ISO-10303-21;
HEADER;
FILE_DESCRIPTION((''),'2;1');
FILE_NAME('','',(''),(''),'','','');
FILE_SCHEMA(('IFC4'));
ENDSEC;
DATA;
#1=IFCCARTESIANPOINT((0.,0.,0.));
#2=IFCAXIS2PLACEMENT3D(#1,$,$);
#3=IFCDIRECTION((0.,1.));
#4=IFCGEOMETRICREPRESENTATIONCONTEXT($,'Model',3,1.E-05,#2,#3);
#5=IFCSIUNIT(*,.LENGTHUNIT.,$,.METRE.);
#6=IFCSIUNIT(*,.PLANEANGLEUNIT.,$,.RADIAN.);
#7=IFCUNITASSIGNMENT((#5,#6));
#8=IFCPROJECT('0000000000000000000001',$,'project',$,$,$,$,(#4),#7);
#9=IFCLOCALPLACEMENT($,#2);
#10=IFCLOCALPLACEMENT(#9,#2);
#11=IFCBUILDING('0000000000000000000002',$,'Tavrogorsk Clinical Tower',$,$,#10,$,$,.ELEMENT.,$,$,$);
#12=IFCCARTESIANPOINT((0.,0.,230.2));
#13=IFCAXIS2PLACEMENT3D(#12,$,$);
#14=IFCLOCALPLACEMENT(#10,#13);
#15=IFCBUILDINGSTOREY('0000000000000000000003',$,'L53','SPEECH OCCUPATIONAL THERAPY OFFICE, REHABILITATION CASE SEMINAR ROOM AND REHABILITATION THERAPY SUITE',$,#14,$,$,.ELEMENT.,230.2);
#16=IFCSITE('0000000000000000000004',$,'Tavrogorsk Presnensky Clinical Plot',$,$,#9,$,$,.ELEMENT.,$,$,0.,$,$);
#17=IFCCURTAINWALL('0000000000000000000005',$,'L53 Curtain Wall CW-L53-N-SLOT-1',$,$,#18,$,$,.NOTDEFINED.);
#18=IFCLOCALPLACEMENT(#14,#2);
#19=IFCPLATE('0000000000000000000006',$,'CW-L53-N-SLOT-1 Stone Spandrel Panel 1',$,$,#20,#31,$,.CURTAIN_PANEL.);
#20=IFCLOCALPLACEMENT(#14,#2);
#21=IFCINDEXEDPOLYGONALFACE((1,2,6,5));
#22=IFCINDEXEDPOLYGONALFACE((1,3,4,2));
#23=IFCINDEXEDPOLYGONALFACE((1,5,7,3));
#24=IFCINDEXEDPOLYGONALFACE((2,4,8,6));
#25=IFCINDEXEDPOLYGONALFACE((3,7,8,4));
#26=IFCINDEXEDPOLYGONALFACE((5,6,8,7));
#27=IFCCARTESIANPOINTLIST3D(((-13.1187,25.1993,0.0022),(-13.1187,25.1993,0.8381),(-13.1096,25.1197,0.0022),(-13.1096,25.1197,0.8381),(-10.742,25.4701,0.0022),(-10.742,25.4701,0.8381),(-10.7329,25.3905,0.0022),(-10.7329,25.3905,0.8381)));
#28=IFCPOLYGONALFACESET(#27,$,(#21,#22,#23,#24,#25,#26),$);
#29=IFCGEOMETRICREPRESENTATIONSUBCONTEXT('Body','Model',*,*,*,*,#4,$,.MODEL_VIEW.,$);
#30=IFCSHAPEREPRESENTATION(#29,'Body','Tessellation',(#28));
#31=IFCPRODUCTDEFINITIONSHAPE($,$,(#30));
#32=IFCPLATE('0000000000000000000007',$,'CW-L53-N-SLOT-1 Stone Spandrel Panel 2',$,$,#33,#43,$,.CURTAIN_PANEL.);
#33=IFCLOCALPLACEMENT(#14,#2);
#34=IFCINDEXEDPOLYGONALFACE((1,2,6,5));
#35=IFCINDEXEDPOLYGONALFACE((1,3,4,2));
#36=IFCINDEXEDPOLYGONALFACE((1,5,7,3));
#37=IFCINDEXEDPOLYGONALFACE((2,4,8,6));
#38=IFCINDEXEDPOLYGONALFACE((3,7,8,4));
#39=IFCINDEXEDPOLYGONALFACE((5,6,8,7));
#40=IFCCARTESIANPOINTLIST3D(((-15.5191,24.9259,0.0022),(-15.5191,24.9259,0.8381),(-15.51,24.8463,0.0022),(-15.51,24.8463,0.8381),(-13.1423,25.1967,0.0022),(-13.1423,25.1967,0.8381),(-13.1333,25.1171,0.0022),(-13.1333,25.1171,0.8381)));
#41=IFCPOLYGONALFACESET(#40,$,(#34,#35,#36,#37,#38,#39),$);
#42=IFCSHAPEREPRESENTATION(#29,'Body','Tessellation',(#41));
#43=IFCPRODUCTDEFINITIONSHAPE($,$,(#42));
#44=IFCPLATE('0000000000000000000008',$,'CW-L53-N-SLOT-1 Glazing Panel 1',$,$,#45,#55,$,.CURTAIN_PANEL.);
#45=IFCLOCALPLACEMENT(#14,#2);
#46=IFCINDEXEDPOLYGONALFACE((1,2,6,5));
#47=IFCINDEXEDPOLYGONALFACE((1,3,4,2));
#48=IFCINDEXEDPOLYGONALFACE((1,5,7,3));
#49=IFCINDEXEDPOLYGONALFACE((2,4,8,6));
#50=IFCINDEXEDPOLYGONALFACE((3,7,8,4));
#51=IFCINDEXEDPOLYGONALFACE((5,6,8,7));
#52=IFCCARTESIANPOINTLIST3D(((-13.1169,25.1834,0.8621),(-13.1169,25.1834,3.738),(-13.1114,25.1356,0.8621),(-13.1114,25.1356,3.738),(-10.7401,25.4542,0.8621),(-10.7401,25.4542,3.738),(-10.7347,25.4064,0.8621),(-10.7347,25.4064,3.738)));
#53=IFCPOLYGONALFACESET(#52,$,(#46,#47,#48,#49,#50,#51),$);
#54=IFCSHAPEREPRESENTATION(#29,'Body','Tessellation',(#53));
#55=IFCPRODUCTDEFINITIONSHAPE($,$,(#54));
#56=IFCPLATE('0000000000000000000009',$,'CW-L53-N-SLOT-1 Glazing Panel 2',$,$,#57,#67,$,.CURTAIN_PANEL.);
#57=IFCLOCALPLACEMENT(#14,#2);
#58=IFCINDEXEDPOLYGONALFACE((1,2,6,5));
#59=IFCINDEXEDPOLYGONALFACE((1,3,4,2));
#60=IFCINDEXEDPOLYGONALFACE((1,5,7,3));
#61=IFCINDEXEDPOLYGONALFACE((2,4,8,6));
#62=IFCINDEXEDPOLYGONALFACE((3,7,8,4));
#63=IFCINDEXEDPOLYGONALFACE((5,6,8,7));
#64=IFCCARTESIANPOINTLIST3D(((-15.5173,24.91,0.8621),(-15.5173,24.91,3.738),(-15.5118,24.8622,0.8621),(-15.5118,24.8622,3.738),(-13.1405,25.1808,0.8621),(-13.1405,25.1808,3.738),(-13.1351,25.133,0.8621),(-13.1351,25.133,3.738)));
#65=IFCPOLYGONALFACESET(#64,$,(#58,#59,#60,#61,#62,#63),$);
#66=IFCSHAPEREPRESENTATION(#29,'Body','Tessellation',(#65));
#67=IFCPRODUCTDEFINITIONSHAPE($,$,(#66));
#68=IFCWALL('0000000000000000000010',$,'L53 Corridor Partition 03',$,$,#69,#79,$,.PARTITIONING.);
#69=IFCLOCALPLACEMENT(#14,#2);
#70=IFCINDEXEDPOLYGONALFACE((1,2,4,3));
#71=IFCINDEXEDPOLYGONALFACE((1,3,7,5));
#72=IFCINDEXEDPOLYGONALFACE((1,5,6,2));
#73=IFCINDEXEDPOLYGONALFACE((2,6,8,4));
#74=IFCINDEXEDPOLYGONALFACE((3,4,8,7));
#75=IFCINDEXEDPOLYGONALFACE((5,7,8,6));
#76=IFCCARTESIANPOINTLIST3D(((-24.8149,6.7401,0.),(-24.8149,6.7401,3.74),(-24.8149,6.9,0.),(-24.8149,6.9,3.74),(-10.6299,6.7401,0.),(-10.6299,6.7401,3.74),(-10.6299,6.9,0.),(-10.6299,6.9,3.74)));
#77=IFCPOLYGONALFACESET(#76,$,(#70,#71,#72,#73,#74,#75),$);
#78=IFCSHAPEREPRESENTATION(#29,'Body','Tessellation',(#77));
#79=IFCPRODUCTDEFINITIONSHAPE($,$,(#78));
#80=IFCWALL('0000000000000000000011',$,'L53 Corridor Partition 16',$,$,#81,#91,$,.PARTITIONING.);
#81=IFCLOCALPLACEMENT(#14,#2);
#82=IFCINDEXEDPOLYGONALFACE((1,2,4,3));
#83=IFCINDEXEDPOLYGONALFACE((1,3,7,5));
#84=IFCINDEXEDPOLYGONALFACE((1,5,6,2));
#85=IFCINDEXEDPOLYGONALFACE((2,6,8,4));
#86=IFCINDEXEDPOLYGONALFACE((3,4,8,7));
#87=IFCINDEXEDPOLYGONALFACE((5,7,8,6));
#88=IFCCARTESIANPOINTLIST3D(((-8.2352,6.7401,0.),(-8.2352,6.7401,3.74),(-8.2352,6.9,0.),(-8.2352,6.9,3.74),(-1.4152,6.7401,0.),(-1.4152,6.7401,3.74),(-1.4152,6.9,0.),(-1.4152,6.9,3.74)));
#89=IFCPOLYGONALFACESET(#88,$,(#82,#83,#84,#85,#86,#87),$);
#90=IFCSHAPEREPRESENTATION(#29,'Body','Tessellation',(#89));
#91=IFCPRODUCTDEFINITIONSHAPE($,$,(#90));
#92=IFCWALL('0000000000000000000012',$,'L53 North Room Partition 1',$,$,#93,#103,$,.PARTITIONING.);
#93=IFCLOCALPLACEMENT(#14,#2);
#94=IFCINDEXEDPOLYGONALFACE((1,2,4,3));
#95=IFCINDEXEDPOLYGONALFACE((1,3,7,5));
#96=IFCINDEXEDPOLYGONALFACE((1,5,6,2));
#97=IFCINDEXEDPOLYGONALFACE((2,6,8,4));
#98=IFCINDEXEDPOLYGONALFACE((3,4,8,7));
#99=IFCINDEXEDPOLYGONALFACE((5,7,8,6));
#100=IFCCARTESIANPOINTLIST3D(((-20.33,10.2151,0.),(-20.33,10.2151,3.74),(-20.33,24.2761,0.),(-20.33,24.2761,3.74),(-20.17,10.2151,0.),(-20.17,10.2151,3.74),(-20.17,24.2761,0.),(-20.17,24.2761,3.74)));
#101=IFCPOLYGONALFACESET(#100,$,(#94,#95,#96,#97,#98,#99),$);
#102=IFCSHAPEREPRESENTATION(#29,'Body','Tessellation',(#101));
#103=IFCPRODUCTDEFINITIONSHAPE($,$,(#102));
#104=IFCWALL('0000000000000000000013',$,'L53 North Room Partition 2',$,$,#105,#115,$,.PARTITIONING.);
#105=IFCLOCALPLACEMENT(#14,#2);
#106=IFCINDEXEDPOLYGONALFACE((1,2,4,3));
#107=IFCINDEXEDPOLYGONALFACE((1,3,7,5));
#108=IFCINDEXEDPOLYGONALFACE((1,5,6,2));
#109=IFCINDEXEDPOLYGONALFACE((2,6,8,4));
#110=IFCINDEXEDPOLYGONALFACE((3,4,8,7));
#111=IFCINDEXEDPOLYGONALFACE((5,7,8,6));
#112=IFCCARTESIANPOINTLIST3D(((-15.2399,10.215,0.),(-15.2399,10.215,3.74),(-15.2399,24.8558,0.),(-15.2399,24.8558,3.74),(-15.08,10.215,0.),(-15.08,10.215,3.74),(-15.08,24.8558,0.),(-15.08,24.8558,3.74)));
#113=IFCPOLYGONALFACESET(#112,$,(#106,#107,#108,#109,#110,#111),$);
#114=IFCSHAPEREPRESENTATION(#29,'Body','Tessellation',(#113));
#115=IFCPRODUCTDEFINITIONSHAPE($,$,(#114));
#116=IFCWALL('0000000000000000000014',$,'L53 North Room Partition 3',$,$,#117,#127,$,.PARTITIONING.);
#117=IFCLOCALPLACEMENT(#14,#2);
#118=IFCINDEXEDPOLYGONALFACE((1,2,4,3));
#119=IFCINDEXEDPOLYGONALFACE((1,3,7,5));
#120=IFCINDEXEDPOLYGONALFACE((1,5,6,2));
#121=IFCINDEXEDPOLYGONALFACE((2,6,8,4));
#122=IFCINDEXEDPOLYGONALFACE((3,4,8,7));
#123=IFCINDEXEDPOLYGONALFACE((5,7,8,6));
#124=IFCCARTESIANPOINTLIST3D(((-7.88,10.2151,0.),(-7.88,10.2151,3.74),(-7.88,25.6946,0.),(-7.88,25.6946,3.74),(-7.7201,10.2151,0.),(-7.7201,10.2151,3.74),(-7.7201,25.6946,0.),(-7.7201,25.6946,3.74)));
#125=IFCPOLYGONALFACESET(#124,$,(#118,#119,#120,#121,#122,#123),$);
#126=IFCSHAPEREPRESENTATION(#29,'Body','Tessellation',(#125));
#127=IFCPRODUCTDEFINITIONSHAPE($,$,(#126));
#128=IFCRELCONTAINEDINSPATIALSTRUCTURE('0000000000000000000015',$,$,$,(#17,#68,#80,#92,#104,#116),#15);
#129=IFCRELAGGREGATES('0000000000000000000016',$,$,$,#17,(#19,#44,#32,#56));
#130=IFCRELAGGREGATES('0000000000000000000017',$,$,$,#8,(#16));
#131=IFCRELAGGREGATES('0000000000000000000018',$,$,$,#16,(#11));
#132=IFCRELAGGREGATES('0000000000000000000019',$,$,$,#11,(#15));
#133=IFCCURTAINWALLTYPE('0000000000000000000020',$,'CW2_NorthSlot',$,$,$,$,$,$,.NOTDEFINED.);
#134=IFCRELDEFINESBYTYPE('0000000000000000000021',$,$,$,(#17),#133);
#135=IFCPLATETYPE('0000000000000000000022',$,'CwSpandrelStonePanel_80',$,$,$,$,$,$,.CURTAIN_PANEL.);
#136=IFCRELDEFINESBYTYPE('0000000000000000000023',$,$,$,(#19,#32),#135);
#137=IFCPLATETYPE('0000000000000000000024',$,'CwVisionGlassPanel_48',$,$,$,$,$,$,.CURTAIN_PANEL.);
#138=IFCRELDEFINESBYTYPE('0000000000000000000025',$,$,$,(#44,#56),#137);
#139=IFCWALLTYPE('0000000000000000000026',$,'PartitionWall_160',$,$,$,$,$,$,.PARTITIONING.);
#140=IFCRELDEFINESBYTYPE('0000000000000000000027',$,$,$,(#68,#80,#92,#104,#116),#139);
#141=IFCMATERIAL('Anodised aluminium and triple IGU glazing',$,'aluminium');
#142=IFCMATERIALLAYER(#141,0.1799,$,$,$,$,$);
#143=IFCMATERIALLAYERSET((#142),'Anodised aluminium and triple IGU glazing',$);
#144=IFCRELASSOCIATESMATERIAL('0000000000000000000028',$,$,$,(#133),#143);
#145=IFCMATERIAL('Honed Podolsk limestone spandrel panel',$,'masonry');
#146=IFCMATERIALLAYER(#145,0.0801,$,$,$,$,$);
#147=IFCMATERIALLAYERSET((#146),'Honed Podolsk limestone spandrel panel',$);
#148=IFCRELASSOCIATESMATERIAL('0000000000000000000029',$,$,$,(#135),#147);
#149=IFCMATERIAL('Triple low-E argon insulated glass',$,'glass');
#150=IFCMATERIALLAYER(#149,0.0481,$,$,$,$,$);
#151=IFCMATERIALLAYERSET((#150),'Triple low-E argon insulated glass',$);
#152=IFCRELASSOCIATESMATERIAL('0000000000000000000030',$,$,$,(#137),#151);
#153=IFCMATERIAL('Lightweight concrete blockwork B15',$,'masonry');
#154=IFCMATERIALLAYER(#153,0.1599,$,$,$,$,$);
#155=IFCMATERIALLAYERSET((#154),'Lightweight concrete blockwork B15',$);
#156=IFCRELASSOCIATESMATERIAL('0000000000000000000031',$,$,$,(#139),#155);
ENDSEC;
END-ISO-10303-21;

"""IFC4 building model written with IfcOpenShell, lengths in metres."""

from ifc_helpers import new_model, si_unit, direction, frame, frame_2d, origin, origin_2d, place, context, subcontext, project, spatial, rectangle, extrude, material, layer, layer_set, type_object, element, aggregate, save


model = new_model("IFC4")

# Units and contexts
model_context = context("Model", 3, precision=1e-05, world=origin(), true_north=direction((0.0, 1.0)))
body_context = subcontext(model_context, "Body", "Model", "MODEL_VIEW")
ifc_project = project(units=[si_unit("LENGTHUNIT", "METRE"), si_unit("PLANEANGLEUNIT", "RADIAN")], contexts=[model_context])

# Site, building, storey
site_placement = place(None, origin())
site = spatial("IfcSite", under=ifc_project, at=site_placement, Name="Tavrogorsk Presnensky Clinical Plot", CompositionType="ELEMENT", RefElevation=0.0)
building_placement = place(site_placement, origin())
building = spatial("IfcBuilding", under=site, at=building_placement, Name="Tavrogorsk Clinical Tower", CompositionType="ELEMENT")
storey_placement = place(building_placement, frame((0.0, 0.0, 230.2)))
storey = spatial("IfcBuildingStorey", under=building, at=storey_placement, Name="L53", Description="SPEECH OCCUPATIONAL THERAPY OFFICE, REHABILITATION CASE SEMINAR ROOM AND REHABILITATION THERAPY SUITE", CompositionType="ELEMENT", Elevation=230.2)

# Curtain wall
ifc_material_1 = material(Name="Anodised aluminium and triple IGU glazing", Category="aluminium")
ifc_layer_1 = layer(ifc_material_1, 0.1799)
ifc_layer_set_1 = layer_set([ifc_layer_1], Name="Anodised aluminium and triple IGU glazing")
curtain_wall_type = type_object("IfcCurtainWallType", Name="CW2_NorthSlot", PredefinedType="NOTDEFINED", material=ifc_layer_set_1)
curtain_wall_placement = place(storey_placement, origin())
curtain_wall = element("IfcCurtainWall", 1, at=curtain_wall_placement, inside=storey, type_object=curtain_wall_type, Name="L53 Curtain Wall CW-L53-N-SLOT-1", PredefinedType="NOTDEFINED")

# Plates
ifc_material_2 = material(Name="Honed Podolsk limestone spandrel panel", Category="masonry")
ifc_layer_2 = layer(ifc_material_2, 0.0801)
ifc_layer_set_2 = layer_set([ifc_layer_2], Name="Honed Podolsk limestone spandrel panel")
plate_type_1 = type_object("IfcPlateType", Name="CwSpandrelStonePanel_80", PredefinedType="CURTAIN_PANEL", material=ifc_layer_set_2)
plate_1_placement = place(storey_placement, frame((-11.9258, 25.2949, 0.0022), z_axis=(0.0, 0.0, 1.0), x_axis=(-0.993572, -0.113203, 0.0)))
plate_1 = element("IfcPlate", 2, at=plate_1_placement, type_object=plate_type_1, Name="CW-L53-N-SLOT-1 Stone Spandrel Panel 1", PredefinedType="CURTAIN_PANEL", context=body_context, shape_type="SweptSolid", body=[
    extrude(rectangle(XDim=2.3921, YDim=0.0801, at=origin_2d()), origin(), (0.0, 0.0, 1.0), 0.8359),
])
plate_2_placement = place(storey_placement, frame((-14.3262, 25.0215, 0.0022), z_axis=(0.0, 0.0, 1.0), x_axis=(-0.993572, -0.113203, 0.0)))
plate_2 = element("IfcPlate", 3, at=plate_2_placement, type_object=plate_type_1, Name="CW-L53-N-SLOT-1 Stone Spandrel Panel 2", PredefinedType="CURTAIN_PANEL", context=body_context, shape_type="SweptSolid", body=[
    extrude(rectangle(XDim=2.3921, YDim=0.0801, at=origin_2d()), origin(), (0.0, 0.0, 1.0), 0.8359),
])
ifc_material_3 = material(Name="Triple low-E argon insulated glass", Category="glass")
ifc_layer_3 = layer(ifc_material_3, 0.0481)
ifc_layer_set_3 = layer_set([ifc_layer_3], Name="Triple low-E argon insulated glass")
plate_type_2 = type_object("IfcPlateType", Name="CwVisionGlassPanel_48", PredefinedType="CURTAIN_PANEL", material=ifc_layer_set_3)
plate_3_placement = place(storey_placement, frame((-11.9258, 25.2949, 0.8621), z_axis=(0.0, 0.0, 1.0), x_axis=(-0.993572, -0.113203, 0.0)))
plate_3 = element("IfcPlate", 4, at=plate_3_placement, type_object=plate_type_2, Name="CW-L53-N-SLOT-1 Glazing Panel 1", PredefinedType="CURTAIN_PANEL", context=body_context, shape_type="SweptSolid", body=[
    extrude(rectangle(XDim=2.3921, YDim=0.0481, at=origin_2d()), origin(), (0.0, 0.0, 1.0), 2.876),
])
plate_4_placement = place(storey_placement, frame((-14.3262, 25.0215, 0.8621), z_axis=(0.0, 0.0, 1.0), x_axis=(-0.993572, -0.113203, 0.0)))
plate_4 = element("IfcPlate", 5, at=plate_4_placement, type_object=plate_type_2, Name="CW-L53-N-SLOT-1 Glazing Panel 2", PredefinedType="CURTAIN_PANEL", context=body_context, shape_type="SweptSolid", body=[
    extrude(rectangle(XDim=2.3921, YDim=0.0481, at=origin_2d()), origin(), (0.0, 0.0, 1.0), 2.876),
])
aggregate(curtain_wall, [plate_1, plate_3, plate_2, plate_4])

# Walls
ifc_material_4 = material(Name="Lightweight concrete blockwork B15", Category="masonry")
ifc_layer_4 = layer(ifc_material_4, 0.1599)
ifc_layer_set_4 = layer_set([ifc_layer_4], Name="Lightweight concrete blockwork B15")
wall_type_1 = type_object("IfcWallType", Name="PartitionWall_160", PredefinedType="PARTITIONING", material=ifc_layer_set_4)
wall_1_placement = place(storey_placement, frame((-10.6299, 6.8201, 0.0), z_axis=(0.0, 0.0, 1.0), x_axis=(-1.0, 0.0, 0.0)))
element("IfcWall", 6, at=wall_1_placement, inside=storey, type_object=wall_type_1, Name="L53 Corridor Partition 03", PredefinedType="PARTITIONING", context=body_context, shape_type="SweptSolid", body=[
    extrude(rectangle(XDim=14.1851, YDim=0.1599, at=frame_2d((7.0925, 0.0))), origin(), (0.0, 0.0, 1.0), 3.74),
])
wall_2_placement = place(storey_placement, frame((-1.415, 6.8201, 0.0), z_axis=(0.0, 0.0, 1.0), x_axis=(-1.0, 0.0, 0.0)))
element("IfcWall", 7, at=wall_2_placement, inside=storey, type_object=wall_type_1, Name="L53 Corridor Partition 16", PredefinedType="PARTITIONING", context=body_context, shape_type="SweptSolid", body=[
    extrude(rectangle(XDim=6.8201, YDim=0.1599, at=frame_2d((3.4102, 0.0))), origin(), (0.0, 0.0, 1.0), 3.74),
])
wall_3_placement = place(storey_placement, frame((-20.25, 10.2151, 0.0), z_axis=(0.0, 0.0, 1.0), x_axis=(0.0, 1.0, 0.0)))
element("IfcWall", 8, at=wall_3_placement, inside=storey, type_object=wall_type_1, Name="L53 North Room Partition 1", PredefinedType="PARTITIONING", context=body_context, shape_type="SweptSolid", body=[
    extrude(rectangle(XDim=14.061, YDim=0.1599, at=frame_2d((7.0305, 0.0))), origin(), (0.0, 0.0, 1.0), 3.74),
])
wall_4_placement = place(storey_placement, frame((-15.1599, 10.2151, 0.0), z_axis=(0.0, 0.0, 1.0), x_axis=(0.0, 1.0, 0.0)))
element("IfcWall", 9, at=wall_4_placement, inside=storey, type_object=wall_type_1, Name="L53 North Room Partition 2", PredefinedType="PARTITIONING", context=body_context, shape_type="SweptSolid", body=[
    extrude(rectangle(XDim=14.6409, YDim=0.1599, at=frame_2d((7.3203, 0.0))), origin(), (0.0, 0.0, 1.0), 3.74),
])
wall_5_placement = place(storey_placement, frame((-7.8, 10.2151, 0.0), z_axis=(0.0, 0.0, 1.0), x_axis=(0.0, 1.0, 0.0)))
element("IfcWall", 10, at=wall_5_placement, inside=storey, type_object=wall_type_1, Name="L53 North Room Partition 3", PredefinedType="PARTITIONING", context=body_context, shape_type="SweptSolid", body=[
    extrude(rectangle(XDim=15.4795, YDim=0.1599, at=frame_2d((7.7397, 0.0))), origin(), (0.0, 0.0, 1.0), 3.74),
])

save(model, "model.ifc")
